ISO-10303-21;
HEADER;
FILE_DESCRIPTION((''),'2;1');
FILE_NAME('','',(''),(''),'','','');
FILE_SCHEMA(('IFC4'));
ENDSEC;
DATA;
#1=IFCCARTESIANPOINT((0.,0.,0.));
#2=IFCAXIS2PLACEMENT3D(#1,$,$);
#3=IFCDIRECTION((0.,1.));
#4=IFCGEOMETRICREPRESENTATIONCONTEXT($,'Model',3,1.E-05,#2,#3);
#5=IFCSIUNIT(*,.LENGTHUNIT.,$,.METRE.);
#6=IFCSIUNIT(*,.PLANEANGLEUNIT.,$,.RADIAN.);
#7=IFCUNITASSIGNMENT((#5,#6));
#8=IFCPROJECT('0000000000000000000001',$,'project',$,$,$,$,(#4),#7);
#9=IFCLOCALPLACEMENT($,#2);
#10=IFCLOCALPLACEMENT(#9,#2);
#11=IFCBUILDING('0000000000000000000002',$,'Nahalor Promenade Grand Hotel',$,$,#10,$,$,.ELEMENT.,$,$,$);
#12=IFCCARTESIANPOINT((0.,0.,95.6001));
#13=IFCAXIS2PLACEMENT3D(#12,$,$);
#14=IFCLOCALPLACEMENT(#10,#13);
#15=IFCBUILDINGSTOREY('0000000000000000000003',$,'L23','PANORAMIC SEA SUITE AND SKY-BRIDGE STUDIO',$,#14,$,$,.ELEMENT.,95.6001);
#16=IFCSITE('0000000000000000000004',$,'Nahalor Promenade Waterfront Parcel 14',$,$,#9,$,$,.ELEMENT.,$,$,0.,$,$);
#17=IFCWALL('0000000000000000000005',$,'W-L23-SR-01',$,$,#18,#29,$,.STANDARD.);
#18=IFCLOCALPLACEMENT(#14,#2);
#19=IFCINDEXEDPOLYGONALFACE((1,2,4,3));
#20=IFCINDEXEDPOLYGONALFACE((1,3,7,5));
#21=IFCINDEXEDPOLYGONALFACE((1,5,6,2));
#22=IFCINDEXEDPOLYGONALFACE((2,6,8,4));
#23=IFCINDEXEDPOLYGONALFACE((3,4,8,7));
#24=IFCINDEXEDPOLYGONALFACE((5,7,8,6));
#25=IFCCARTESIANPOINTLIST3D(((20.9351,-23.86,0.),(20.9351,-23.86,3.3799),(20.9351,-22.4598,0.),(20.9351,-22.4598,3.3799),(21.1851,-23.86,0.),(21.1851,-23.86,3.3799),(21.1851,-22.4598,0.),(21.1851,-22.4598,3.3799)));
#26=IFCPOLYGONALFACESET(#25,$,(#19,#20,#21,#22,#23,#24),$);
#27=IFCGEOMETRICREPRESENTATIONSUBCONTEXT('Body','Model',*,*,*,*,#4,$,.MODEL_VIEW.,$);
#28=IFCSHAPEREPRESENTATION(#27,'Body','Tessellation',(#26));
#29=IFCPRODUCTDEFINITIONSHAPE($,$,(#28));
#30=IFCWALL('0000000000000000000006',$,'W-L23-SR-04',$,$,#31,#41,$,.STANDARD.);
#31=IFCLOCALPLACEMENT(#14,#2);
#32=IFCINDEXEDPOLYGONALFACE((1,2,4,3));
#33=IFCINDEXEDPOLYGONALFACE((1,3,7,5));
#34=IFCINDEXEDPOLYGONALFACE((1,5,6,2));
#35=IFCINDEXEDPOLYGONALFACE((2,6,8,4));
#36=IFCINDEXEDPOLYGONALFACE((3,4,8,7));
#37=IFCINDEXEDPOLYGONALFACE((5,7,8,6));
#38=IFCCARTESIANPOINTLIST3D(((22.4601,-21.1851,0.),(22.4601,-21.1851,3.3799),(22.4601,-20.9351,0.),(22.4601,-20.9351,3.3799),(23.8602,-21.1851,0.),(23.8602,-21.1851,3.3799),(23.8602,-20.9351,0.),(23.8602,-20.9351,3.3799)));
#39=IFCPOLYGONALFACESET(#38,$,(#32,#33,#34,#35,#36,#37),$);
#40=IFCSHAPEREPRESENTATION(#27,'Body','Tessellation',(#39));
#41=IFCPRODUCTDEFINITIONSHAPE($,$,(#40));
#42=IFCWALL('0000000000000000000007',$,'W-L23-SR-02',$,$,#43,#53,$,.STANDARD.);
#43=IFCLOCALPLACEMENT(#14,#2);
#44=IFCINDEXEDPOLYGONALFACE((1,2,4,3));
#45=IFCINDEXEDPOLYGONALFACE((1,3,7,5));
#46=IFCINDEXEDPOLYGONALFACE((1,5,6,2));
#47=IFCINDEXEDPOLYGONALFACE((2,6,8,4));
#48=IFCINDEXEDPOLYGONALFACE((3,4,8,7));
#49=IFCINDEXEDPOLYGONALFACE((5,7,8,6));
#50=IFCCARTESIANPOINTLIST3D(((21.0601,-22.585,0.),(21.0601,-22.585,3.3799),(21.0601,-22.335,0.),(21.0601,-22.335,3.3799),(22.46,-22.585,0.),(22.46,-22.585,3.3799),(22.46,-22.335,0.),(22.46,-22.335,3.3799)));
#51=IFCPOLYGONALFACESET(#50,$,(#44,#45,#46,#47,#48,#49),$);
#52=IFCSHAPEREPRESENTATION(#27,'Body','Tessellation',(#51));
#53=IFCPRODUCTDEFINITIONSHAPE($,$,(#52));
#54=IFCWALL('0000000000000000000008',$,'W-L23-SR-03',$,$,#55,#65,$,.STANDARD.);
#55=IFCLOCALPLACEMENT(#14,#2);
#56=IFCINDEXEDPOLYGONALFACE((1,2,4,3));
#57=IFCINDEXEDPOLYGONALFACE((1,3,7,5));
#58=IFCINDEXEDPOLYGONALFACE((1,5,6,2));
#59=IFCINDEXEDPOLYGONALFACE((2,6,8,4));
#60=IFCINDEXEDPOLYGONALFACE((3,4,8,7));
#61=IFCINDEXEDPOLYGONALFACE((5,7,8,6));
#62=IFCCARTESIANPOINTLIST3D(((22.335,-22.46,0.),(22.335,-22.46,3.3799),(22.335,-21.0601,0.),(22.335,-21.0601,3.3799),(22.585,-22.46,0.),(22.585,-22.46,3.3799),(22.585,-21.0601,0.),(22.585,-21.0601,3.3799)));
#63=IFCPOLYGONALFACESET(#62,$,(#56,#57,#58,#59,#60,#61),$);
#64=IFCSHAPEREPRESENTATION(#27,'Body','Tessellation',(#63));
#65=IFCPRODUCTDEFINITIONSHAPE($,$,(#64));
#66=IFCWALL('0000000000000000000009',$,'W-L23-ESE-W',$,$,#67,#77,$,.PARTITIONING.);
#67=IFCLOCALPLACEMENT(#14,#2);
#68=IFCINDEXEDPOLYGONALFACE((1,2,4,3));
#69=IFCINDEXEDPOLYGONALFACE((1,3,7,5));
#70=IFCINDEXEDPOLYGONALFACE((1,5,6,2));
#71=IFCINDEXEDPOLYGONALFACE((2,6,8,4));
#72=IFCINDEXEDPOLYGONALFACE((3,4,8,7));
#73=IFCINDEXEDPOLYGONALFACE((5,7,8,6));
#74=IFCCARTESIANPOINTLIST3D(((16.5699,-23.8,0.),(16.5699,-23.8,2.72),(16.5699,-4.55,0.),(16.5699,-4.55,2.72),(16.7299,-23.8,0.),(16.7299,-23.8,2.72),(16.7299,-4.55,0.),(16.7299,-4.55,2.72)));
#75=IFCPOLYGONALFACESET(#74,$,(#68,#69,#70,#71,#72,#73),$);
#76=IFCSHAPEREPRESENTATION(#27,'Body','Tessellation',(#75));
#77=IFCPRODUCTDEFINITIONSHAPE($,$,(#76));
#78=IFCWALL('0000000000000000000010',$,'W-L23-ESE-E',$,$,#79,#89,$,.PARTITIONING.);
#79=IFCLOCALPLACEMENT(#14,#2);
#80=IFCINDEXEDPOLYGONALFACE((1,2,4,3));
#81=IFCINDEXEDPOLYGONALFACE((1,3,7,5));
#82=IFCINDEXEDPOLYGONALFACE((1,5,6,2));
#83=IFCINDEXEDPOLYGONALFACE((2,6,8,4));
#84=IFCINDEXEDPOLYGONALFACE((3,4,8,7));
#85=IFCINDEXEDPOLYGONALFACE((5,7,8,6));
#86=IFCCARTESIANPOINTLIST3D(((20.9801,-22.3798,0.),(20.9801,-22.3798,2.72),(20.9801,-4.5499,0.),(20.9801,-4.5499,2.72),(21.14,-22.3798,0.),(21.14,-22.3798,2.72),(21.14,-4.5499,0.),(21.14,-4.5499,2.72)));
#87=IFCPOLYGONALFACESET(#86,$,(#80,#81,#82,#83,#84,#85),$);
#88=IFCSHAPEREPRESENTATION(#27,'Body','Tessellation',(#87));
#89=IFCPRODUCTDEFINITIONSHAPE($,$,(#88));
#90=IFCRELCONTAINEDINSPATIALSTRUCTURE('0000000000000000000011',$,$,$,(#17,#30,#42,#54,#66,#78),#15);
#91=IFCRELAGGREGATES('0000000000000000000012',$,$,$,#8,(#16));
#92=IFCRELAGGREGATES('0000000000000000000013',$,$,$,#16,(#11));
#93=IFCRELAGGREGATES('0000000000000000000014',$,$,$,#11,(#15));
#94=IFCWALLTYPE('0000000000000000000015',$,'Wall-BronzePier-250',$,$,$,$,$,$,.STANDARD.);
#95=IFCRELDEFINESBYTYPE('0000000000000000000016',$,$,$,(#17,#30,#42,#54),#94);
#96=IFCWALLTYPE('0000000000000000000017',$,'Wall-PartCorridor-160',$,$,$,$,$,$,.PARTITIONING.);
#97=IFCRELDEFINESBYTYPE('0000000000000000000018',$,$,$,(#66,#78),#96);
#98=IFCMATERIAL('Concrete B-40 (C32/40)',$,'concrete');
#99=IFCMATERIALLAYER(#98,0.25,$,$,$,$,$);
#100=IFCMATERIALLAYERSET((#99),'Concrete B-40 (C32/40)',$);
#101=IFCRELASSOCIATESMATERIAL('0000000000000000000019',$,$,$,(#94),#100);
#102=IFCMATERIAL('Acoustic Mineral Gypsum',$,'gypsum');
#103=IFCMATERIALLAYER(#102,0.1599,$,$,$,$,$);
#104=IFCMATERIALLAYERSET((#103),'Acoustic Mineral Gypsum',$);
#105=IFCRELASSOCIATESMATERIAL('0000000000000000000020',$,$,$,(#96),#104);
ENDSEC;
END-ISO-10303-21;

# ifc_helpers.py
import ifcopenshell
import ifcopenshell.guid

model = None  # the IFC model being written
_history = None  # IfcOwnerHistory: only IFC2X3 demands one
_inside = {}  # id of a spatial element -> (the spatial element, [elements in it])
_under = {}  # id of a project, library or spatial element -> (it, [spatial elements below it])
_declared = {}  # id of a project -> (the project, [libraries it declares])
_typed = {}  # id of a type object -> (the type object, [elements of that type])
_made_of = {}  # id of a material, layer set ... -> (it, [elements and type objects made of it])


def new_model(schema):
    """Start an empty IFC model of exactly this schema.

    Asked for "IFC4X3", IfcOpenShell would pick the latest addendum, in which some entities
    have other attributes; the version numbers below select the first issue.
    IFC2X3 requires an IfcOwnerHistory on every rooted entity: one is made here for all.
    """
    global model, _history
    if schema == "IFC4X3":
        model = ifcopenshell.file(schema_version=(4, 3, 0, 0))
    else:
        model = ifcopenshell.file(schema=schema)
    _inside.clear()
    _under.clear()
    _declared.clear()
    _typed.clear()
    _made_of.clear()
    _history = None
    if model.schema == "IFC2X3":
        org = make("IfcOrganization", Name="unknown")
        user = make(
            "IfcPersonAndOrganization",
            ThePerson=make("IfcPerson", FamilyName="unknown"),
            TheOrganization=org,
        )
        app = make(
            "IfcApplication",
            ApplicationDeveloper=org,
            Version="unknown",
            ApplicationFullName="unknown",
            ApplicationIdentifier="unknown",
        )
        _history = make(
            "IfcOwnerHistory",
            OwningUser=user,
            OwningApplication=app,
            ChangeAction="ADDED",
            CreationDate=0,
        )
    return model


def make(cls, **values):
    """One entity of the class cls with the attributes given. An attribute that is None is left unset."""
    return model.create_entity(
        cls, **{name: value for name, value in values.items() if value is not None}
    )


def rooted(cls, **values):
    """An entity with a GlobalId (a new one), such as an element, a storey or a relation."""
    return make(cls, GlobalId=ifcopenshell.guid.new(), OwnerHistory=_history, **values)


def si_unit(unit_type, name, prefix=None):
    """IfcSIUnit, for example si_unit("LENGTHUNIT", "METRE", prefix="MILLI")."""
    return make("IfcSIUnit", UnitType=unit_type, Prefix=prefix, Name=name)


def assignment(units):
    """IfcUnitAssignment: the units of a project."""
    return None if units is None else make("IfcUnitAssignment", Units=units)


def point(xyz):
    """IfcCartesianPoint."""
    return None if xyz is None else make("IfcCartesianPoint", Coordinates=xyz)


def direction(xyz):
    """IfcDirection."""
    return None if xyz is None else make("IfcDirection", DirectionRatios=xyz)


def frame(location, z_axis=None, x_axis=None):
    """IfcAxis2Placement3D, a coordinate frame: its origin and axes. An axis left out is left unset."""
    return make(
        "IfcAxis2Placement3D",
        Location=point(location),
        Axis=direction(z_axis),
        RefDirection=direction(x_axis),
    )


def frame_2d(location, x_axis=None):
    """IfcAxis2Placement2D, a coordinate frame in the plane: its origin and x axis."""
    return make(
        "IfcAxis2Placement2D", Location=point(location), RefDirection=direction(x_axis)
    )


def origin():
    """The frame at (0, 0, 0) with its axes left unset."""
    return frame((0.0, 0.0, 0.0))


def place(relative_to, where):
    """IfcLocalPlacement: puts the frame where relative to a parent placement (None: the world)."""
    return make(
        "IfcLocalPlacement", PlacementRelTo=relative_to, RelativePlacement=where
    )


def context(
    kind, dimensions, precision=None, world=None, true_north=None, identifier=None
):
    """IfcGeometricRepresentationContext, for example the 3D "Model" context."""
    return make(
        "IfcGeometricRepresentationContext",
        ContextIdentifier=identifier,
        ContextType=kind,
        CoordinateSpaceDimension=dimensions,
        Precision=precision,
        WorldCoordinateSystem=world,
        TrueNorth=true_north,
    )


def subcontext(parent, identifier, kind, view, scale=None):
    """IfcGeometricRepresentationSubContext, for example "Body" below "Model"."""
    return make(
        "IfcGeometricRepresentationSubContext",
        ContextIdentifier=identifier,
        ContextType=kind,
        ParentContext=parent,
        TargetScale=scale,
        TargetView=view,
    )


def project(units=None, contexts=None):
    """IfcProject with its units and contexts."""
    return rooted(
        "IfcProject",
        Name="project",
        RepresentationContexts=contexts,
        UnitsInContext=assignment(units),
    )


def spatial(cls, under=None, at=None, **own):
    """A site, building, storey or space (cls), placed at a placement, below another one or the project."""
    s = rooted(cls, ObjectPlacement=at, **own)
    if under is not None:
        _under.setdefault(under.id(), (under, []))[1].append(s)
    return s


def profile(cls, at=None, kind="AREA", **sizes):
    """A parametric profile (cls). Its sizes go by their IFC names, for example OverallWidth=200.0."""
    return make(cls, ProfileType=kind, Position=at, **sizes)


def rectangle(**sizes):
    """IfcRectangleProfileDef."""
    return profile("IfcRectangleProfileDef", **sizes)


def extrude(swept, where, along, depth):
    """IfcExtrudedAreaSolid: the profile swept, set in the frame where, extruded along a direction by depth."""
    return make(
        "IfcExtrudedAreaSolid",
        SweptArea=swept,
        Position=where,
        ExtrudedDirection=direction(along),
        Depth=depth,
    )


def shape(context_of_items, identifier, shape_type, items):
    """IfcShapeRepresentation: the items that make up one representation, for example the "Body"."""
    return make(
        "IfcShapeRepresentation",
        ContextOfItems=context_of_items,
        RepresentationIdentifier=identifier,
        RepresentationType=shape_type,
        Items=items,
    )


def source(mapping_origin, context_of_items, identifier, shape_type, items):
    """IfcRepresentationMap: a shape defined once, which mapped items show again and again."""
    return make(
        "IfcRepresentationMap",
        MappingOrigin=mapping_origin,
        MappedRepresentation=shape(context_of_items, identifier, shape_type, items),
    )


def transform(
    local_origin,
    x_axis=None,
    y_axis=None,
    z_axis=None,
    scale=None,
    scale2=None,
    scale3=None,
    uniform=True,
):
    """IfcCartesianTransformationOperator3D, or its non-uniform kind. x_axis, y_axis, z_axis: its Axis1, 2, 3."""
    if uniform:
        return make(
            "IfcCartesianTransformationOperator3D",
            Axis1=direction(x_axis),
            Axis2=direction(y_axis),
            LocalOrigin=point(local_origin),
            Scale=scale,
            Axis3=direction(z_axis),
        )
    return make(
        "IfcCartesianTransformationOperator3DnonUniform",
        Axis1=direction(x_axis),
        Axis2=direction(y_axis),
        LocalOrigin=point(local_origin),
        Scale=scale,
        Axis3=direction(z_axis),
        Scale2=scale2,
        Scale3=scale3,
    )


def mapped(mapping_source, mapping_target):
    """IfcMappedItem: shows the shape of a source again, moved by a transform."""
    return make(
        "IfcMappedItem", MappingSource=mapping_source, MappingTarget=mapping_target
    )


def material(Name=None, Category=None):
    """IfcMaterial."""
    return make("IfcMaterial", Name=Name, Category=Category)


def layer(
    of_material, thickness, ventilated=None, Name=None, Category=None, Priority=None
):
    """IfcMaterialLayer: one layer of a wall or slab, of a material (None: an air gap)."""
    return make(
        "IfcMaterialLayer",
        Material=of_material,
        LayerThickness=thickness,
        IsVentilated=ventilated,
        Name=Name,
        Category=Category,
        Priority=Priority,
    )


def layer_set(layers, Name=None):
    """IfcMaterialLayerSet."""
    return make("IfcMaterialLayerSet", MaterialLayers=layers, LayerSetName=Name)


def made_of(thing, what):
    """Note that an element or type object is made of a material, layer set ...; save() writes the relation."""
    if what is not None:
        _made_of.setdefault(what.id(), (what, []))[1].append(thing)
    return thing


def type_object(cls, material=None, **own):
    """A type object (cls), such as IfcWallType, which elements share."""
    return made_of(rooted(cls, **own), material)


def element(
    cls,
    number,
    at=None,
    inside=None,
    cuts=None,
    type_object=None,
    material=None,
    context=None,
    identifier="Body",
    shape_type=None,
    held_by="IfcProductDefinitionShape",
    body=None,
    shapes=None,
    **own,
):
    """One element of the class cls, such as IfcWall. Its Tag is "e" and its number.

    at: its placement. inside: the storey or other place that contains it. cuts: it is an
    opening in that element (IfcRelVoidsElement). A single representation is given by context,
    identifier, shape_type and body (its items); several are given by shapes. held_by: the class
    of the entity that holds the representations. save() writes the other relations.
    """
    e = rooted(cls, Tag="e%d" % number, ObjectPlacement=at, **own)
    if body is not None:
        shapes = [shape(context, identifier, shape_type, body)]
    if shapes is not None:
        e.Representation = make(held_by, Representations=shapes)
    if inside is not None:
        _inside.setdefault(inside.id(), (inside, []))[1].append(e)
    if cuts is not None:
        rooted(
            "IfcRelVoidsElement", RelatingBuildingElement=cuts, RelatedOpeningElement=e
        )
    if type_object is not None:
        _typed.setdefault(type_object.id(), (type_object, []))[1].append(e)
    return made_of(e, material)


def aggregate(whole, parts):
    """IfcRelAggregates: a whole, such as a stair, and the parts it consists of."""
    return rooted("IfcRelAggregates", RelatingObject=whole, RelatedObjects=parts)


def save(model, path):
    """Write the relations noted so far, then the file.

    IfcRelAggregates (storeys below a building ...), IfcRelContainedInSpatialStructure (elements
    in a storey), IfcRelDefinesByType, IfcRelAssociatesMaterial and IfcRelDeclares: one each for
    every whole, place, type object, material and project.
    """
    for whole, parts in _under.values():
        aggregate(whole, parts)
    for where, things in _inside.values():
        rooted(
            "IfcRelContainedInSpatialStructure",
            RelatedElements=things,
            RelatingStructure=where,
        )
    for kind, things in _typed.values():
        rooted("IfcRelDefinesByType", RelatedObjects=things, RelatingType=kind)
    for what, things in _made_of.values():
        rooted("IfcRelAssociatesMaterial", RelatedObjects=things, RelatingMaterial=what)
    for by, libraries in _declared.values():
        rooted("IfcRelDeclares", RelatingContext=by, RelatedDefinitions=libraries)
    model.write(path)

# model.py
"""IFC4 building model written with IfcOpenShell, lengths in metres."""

from ifc_helpers import new_model, si_unit, direction, frame, frame_2d, origin, place, context, subcontext, project, spatial, rectangle, extrude, source, transform, mapped, material, layer, layer_set, type_object, element, save


model = new_model("IFC4")

# Units and contexts
model_context = context("Model", 3, precision=1e-05, world=origin(), true_north=direction((0.0, 1.0)))
body_context = subcontext(model_context, "Body", "Model", "MODEL_VIEW")
ifc_project = project(units=[si_unit("LENGTHUNIT", "METRE"), si_unit("PLANEANGLEUNIT", "RADIAN")], contexts=[model_context])

# Site, building, storey
site_placement = place(None, origin())
site = spatial("IfcSite", under=ifc_project, at=site_placement, Name="Nahalor Promenade Waterfront Parcel 14", CompositionType="ELEMENT", RefElevation=0.0)
building_placement = place(site_placement, origin())
building = spatial("IfcBuilding", under=site, at=building_placement, Name="Nahalor Promenade Grand Hotel", CompositionType="ELEMENT")
storey_placement = place(building_placement, frame((0.0, 0.0, 95.6001)))
storey = spatial("IfcBuildingStorey", under=building, at=storey_placement, Name="L23", Description="PANORAMIC SEA SUITE AND SKY-BRIDGE STUDIO", CompositionType="ELEMENT", Elevation=95.6001)

# Walls
ifc_material_1 = material(Name="Concrete B-40 (C32/40)", Category="concrete")
ifc_layer_1 = layer(ifc_material_1, 0.25)
ifc_layer_set_1 = layer_set([ifc_layer_1], Name="Concrete B-40 (C32/40)")
wall_type_1 = type_object("IfcWallType", Name="Wall-BronzePier-250", PredefinedType="STANDARD", material=ifc_layer_set_1)
shared_shape_1 = source(origin(), body_context, "Body", "SweptSolid", [
    extrude(rectangle(XDim=1.4001, YDim=0.25, at=frame_2d((0.7002, 0.0))), origin(), (0.0, 0.0, 1.0), 3.3799),
])
for number, where, z_axis, x_axis, name in (
    (1, (21.0601, -23.8601, 0.0), (0.0, 0.0, 1.0), (0.0, 1.0, 0.0), "W-L23-SR-01"),
    (2, (22.46, -21.0601, 0.0), (0.0, 0.0, 1.0), (1.0, 0.0, 0.0), "W-L23-SR-04"),
):
    element("IfcWall", number, at=place(storey_placement, frame(where, z_axis=z_axis, x_axis=x_axis)), inside=storey, type_object=wall_type_1, Name=name, PredefinedType="STANDARD", context=body_context, shape_type="MappedRepresentation", body=[
        mapped(shared_shape_1, transform((0.0, 0.0, 0.0), scale=1.0)),
    ])
shared_shape_2 = source(origin(), body_context, "Body", "SweptSolid", [
    extrude(rectangle(XDim=1.3999, YDim=0.25, at=frame_2d((0.7, 0.0))), origin(), (0.0, 0.0, 1.0), 3.3799),
])
for number, where, z_axis, x_axis, name in (
    (3, (21.0601, -22.46, 0.0), (0.0, 0.0, 1.0), (1.0, 0.0, 0.0), "W-L23-SR-02"),
    (4, (22.46, -22.46, 0.0), (0.0, 0.0, 1.0), (0.0, 1.0, 0.0), "W-L23-SR-03"),
):
    element("IfcWall", number, at=place(storey_placement, frame(where, z_axis=z_axis, x_axis=x_axis)), inside=storey, type_object=wall_type_1, Name=name, PredefinedType="STANDARD", context=body_context, shape_type="MappedRepresentation", body=[
        mapped(shared_shape_2, transform((0.0, 0.0, 0.0), scale=1.0)),
    ])
ifc_material_2 = material(Name="Acoustic Mineral Gypsum", Category="gypsum")
ifc_layer_2 = layer(ifc_material_2, 0.1599)
ifc_layer_set_2 = layer_set([ifc_layer_2], Name="Acoustic Mineral Gypsum")
wall_type_2 = type_object("IfcWallType", Name="Wall-PartCorridor-160", PredefinedType="PARTITIONING", material=ifc_layer_set_2)
shared_shape_3 = source(origin(), body_context, "Body", "SweptSolid", [
    extrude(rectangle(XDim=19.25, YDim=0.1599, at=frame_2d((9.625, 0.0))), origin(), (0.0, 0.0, 1.0), 2.72),
])
wall_1_placement = place(storey_placement, frame((16.6499, -23.8, 0.0), z_axis=(0.0, 0.0, 1.0), x_axis=(0.0, 1.0, 0.0)))
element("IfcWall", 5, at=wall_1_placement, inside=storey, type_object=wall_type_2, Name="W-L23-ESE-W", PredefinedType="PARTITIONING", context=body_context, shape_type="MappedRepresentation", body=[
    mapped(shared_shape_3, transform((0.0, 0.0, 0.0), scale=1.0)),
])
shared_shape_4 = source(origin(), body_context, "Body", "SweptSolid", [
    extrude(rectangle(XDim=17.8298, YDim=0.1599, at=frame_2d((8.915, 0.0))), origin(), (0.0, 0.0, 1.0), 2.72),
])
wall_2_placement = place(storey_placement, frame((21.0601, -22.3799, 0.0), z_axis=(0.0, 0.0, 1.0), x_axis=(0.0, 1.0, 0.0)))
element("IfcWall", 6, at=wall_2_placement, inside=storey, type_object=wall_type_2, Name="W-L23-ESE-E", PredefinedType="PARTITIONING", context=body_context, shape_type="MappedRepresentation", body=[
    mapped(shared_shape_4, transform((0.0, 0.0, 0.0), scale=1.0)),
])

save(model, "model.ifc")
